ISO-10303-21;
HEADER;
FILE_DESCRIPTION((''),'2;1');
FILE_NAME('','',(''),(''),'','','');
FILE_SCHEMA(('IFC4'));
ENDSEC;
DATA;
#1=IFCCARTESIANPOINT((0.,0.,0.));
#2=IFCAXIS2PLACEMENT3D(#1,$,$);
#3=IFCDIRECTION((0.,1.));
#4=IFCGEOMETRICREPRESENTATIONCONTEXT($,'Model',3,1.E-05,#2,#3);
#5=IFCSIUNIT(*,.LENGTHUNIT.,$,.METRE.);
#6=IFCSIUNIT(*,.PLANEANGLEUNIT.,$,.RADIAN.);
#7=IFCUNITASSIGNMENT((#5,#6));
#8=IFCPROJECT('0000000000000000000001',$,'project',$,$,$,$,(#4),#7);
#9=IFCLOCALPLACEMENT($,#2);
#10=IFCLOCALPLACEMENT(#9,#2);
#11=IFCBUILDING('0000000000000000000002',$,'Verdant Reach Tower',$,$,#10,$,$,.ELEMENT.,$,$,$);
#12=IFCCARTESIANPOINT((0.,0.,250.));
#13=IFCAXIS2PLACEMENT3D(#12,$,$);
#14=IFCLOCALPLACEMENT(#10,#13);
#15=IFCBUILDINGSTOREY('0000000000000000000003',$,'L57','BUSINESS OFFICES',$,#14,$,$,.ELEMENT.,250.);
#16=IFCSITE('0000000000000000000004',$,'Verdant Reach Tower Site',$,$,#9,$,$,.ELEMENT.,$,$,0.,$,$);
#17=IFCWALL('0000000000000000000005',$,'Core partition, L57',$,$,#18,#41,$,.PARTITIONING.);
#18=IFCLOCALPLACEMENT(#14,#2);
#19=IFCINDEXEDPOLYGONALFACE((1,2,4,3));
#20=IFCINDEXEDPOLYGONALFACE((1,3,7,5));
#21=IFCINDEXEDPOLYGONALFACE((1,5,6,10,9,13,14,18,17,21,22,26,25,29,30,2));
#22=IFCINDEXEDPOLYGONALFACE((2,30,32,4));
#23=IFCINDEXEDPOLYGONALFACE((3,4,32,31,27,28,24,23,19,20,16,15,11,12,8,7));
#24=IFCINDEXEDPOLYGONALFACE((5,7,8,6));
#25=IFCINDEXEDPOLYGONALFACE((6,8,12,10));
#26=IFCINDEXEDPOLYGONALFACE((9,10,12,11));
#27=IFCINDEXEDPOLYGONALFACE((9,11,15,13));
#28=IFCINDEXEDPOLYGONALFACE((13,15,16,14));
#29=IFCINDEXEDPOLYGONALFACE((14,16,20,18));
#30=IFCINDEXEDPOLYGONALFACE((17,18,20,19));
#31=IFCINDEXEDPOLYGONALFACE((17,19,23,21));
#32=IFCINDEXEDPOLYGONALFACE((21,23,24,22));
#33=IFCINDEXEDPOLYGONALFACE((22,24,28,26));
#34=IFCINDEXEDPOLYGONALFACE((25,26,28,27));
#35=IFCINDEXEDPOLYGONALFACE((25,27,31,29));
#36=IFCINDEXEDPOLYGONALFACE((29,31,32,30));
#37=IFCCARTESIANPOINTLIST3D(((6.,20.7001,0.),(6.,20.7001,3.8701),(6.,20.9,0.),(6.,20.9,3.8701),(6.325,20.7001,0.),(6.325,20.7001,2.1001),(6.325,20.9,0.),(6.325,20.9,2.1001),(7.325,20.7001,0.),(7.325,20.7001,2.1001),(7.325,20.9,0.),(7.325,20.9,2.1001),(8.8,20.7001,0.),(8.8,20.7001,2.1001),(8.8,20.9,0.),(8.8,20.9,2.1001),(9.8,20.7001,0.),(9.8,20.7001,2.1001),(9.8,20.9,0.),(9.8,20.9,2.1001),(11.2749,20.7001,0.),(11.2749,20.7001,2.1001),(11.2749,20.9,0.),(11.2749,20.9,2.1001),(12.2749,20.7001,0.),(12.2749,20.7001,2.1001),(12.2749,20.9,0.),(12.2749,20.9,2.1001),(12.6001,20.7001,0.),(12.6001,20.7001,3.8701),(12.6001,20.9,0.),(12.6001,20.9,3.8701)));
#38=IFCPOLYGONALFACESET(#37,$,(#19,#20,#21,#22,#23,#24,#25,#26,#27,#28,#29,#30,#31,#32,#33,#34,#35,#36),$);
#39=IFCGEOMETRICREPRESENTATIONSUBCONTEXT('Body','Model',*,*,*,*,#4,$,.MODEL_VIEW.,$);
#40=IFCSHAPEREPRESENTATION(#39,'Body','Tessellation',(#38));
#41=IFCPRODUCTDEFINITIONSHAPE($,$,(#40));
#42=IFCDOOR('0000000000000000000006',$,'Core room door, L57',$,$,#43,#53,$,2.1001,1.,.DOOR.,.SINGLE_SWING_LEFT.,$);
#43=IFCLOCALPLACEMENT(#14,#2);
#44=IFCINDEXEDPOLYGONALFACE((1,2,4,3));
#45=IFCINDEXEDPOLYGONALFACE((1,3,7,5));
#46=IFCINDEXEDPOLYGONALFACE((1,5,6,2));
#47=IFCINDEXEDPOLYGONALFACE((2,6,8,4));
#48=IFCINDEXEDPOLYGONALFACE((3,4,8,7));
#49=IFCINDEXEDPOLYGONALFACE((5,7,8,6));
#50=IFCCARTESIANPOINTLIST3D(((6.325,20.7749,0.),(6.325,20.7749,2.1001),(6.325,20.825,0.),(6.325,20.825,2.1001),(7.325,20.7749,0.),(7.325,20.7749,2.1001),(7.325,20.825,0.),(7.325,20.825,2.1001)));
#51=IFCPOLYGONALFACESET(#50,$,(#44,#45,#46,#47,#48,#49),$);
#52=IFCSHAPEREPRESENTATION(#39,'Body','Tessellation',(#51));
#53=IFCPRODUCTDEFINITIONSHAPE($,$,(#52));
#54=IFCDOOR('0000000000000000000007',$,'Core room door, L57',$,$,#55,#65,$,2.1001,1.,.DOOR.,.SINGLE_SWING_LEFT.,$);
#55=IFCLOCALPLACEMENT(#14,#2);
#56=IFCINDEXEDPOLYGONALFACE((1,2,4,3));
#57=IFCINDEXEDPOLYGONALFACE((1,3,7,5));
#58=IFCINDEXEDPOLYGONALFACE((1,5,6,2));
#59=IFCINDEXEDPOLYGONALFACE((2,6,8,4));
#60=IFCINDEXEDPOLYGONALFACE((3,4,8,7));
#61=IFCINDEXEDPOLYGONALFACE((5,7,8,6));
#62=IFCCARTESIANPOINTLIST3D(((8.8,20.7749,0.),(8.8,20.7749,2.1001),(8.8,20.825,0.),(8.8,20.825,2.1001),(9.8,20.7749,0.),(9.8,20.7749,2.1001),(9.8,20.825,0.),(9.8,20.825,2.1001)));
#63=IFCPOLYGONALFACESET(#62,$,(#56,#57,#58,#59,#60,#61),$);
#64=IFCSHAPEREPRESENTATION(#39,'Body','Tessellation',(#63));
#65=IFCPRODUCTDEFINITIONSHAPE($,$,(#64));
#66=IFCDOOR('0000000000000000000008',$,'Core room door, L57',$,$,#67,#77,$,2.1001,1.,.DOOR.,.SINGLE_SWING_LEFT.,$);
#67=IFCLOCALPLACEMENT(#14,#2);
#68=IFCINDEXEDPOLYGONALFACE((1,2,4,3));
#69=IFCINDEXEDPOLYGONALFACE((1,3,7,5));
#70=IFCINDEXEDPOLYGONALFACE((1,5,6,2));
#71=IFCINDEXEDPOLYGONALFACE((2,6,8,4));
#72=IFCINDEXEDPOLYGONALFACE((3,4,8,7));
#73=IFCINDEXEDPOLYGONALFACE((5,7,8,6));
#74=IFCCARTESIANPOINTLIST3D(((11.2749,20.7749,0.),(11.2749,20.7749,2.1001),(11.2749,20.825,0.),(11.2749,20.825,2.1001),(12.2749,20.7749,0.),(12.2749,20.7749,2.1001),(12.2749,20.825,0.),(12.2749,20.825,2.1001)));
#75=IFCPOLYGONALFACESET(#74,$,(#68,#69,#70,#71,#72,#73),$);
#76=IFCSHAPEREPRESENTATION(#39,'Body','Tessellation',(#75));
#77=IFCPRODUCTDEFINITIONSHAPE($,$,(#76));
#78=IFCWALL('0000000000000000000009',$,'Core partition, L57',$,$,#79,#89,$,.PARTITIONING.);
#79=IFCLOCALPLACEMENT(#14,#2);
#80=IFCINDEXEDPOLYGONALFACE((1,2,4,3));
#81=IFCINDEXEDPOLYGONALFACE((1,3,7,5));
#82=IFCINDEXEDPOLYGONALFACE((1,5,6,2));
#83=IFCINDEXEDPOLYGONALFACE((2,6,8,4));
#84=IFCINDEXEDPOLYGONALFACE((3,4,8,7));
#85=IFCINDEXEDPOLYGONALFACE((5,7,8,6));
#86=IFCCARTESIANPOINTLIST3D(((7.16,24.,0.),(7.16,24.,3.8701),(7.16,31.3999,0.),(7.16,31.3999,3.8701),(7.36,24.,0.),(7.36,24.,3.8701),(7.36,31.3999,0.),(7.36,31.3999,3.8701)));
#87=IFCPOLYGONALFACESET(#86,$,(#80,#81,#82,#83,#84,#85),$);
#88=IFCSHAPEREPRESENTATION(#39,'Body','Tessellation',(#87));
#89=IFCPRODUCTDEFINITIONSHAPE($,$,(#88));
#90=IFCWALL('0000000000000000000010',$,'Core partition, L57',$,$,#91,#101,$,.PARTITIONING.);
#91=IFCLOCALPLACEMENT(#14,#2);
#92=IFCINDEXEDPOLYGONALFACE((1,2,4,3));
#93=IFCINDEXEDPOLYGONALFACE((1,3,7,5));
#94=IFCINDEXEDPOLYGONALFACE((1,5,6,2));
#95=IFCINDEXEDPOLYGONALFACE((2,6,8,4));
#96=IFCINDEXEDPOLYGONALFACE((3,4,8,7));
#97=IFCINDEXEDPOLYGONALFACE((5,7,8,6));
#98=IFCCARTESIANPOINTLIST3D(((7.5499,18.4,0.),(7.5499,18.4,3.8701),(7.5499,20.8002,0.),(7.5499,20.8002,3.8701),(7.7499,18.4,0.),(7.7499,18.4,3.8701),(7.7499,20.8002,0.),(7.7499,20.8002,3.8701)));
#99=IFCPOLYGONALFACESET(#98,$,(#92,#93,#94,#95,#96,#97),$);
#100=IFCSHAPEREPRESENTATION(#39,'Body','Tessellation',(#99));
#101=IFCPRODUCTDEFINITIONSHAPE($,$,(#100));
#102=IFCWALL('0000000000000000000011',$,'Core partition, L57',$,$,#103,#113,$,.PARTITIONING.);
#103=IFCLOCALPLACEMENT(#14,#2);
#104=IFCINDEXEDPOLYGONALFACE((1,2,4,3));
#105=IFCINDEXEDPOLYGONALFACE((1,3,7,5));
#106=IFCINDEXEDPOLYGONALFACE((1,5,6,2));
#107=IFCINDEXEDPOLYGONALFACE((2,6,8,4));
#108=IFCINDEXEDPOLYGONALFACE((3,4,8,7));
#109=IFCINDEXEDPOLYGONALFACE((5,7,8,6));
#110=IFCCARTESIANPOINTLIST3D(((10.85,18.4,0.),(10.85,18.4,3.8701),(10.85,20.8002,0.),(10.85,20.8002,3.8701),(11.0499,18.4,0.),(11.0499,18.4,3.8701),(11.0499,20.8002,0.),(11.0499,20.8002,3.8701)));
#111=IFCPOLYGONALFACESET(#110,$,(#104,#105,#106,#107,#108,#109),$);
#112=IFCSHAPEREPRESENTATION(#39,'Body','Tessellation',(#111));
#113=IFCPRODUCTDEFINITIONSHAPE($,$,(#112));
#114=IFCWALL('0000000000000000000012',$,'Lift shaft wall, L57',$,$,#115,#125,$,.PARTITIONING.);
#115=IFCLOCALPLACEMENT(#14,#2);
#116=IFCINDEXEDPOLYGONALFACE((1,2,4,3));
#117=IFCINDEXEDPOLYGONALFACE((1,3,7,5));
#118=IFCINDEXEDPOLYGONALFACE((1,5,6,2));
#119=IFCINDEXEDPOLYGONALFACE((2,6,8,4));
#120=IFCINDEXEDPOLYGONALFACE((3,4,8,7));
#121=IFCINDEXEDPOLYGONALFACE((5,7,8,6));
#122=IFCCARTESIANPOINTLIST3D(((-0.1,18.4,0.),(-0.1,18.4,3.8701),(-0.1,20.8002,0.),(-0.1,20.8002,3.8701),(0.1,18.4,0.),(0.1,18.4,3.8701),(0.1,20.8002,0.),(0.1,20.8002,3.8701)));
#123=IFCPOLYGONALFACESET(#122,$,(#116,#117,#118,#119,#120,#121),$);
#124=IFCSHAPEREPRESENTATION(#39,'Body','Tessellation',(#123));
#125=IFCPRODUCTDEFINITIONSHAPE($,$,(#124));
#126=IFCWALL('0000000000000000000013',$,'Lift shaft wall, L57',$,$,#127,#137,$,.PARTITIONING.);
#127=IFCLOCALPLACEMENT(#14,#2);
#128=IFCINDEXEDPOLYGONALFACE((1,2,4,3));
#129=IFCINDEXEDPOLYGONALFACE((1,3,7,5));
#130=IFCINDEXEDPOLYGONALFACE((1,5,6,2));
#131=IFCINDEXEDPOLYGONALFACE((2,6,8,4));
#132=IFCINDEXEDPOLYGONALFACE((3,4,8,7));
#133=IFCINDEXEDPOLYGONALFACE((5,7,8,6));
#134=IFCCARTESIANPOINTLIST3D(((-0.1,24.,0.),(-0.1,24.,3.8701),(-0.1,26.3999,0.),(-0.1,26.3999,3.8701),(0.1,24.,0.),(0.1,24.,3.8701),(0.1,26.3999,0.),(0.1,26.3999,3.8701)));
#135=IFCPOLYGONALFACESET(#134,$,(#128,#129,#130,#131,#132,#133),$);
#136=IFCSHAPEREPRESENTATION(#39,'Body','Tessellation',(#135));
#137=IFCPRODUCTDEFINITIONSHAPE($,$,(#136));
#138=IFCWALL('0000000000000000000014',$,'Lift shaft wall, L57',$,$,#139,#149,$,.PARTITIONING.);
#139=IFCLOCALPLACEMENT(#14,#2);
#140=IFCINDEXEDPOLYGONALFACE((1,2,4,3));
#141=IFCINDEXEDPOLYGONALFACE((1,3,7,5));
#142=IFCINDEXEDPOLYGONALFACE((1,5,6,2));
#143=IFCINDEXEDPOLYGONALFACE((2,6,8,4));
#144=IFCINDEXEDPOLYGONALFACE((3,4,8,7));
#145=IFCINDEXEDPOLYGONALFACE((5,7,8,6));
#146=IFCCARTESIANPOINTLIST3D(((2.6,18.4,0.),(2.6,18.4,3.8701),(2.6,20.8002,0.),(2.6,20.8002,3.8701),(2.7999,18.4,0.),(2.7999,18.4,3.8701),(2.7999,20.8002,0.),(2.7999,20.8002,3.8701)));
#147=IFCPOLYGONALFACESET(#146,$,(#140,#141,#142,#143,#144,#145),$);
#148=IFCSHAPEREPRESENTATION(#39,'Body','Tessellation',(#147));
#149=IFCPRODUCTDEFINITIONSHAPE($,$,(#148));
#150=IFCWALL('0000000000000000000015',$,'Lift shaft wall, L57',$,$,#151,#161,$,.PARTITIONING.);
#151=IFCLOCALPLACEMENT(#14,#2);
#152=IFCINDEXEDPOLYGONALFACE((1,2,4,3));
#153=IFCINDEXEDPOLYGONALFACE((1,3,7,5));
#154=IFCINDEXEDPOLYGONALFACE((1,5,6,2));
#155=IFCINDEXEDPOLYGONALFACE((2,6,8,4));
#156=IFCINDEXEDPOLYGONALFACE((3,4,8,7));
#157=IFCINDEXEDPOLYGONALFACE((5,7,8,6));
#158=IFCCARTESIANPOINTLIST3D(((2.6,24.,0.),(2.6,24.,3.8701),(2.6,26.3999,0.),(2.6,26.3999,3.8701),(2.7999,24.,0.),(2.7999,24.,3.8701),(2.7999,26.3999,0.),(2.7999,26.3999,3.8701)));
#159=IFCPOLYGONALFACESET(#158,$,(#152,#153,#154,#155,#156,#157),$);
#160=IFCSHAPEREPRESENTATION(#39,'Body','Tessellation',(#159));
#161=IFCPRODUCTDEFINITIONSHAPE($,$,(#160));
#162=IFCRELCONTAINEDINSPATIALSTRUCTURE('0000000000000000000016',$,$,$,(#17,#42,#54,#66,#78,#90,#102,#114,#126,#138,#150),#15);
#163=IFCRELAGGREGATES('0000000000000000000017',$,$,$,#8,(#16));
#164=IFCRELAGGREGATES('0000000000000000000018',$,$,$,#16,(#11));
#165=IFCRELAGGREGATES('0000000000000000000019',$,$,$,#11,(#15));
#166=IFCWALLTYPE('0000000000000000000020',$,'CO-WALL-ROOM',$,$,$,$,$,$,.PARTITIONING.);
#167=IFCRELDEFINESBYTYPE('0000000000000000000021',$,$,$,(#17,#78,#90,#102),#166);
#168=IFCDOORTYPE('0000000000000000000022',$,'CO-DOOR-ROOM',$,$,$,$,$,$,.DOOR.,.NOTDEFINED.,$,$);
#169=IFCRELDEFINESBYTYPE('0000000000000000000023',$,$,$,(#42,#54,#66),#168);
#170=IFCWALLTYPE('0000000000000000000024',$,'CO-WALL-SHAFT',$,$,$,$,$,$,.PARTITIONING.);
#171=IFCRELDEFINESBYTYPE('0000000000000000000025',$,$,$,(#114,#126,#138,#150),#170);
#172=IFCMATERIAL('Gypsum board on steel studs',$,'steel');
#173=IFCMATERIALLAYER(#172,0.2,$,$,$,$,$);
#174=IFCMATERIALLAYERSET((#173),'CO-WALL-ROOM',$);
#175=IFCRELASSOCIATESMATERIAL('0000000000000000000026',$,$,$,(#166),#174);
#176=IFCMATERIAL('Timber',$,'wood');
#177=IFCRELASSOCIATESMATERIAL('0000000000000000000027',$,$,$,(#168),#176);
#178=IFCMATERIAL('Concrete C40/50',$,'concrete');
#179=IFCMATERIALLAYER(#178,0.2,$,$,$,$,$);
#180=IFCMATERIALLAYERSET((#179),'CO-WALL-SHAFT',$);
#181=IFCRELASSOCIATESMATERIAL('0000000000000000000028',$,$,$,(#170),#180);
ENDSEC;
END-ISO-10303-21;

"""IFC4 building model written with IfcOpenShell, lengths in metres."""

from ifc_helpers import new_model, si_unit, direction, frame, frame_2d, origin, place, context, subcontext, project, spatial, rectangle, extrude, material, layer, layer_set, type_object, element, fill, save


model = new_model("IFC4")

# Units and contexts
model_context = context("Model", 3, precision=1e-05, world=origin(), true_north=direction((0.0, 1.0)))
body_context = subcontext(model_context, "Body", "Model", "MODEL_VIEW")
ifc_project = project(units=[si_unit("LENGTHUNIT", "METRE"), si_unit("PLANEANGLEUNIT", "RADIAN")], contexts=[model_context])

# Site, building, storey
site_placement = place(None, origin())
site = spatial("IfcSite", under=ifc_project, at=site_placement, Name="Verdant Reach Tower Site", CompositionType="ELEMENT", RefElevation=0.0)
building_placement = place(site_placement, origin())
building = spatial("IfcBuilding", under=site, at=building_placement, Name="Verdant Reach Tower", CompositionType="ELEMENT")
storey_placement = place(building_placement, frame((0.0, 0.0, 250.0)))
storey = spatial("IfcBuildingStorey", under=building, at=storey_placement, Name="L57", Description="BUSINESS OFFICES", CompositionType="ELEMENT", Elevation=250.0)

# Wall, openings, doors
ifc_material_1 = material(Name="Gypsum board on steel studs", Category="steel")
ifc_layer_1 = layer(ifc_material_1, 0.2)
ifc_layer_set_1 = layer_set([ifc_layer_1], Name="CO-WALL-ROOM")
wall_type_1 = type_object("IfcWallType", Name="CO-WALL-ROOM", PredefinedType="PARTITIONING", material=ifc_layer_set_1)
wall_1_placement = place(storey_placement, frame((6.0, 20.8, 0.0), z_axis=(0.0, 0.0, 1.0), x_axis=(1.0, 0.0, 0.0)))
wall_1 = element("IfcWall", 1, at=wall_1_placement, inside=storey, type_object=wall_type_1, Name="Core partition, L57", PredefinedType="PARTITIONING", context=body_context, shape_type="SweptSolid", body=[
    extrude(rectangle(XDim=6.6001, YDim=0.2, at=frame_2d((3.3, 0.0))), origin(), (0.0, 0.0, 1.0), 3.8701),
])
opening_1_placement = place(wall_1_placement, frame((0.325, 0.0, 0.0)))
opening_1 = element("IfcOpeningElement", 2, at=opening_1_placement, cuts=wall_1, PredefinedType="OPENING", context=body_context, shape_type="SweptSolid", body=[
    extrude(rectangle(XDim=1.0, YDim=2.1001, at=frame_2d((0.5, 1.05))), frame((0.0, 0.1099, 0.0), z_axis=(0.0, -1.0, 0.0), x_axis=(1.0, 0.0, 0.0)), (0.0, 0.0, 1.0), 0.22),
])
opening_2_placement = place(wall_1_placement, frame((2.8, 0.0, 0.0)))
opening_2 = element("IfcOpeningElement", 3, at=opening_2_placement, cuts=wall_1, PredefinedType="OPENING", context=body_context, shape_type="SweptSolid", body=[
    extrude(rectangle(XDim=1.0, YDim=2.1001, at=frame_2d((0.5, 1.05))), frame((0.0, 0.1099, 0.0), z_axis=(0.0, -1.0, 0.0), x_axis=(1.0, 0.0, 0.0)), (0.0, 0.0, 1.0), 0.22),
])
opening_3_placement = place(wall_1_placement, frame((5.2749, 0.0, 0.0)))
opening_3 = element("IfcOpeningElement", 4, at=opening_3_placement, cuts=wall_1, PredefinedType="OPENING", context=body_context, shape_type="SweptSolid", body=[
    extrude(rectangle(XDim=1.0, YDim=2.1001, at=frame_2d((0.5, 1.05))), frame((0.0, 0.1099, 0.0), z_axis=(0.0, -1.0, 0.0), x_axis=(1.0, 0.0, 0.0)), (0.0, 0.0, 1.0), 0.22),
])
ifc_material_2 = material(Name="Timber", Category="wood")
door_type_1 = type_object("IfcDoorType", Name="CO-DOOR-ROOM", OperationType="NOTDEFINED", PredefinedType="DOOR", material=ifc_material_2)
door_1_placement = place(opening_1_placement, origin())
door_1 = element("IfcDoor", 5, at=door_1_placement, inside=storey, type_object=door_type_1, Name="Core room door, L57", OperationType="SINGLE_SWING_LEFT", OverallHeight=2.1001, OverallWidth=1.0, PredefinedType="DOOR", context=body_context, shape_type="SweptSolid", body=[
    extrude(rectangle(XDim=1.0, YDim=2.1001, at=frame_2d((0.5, 1.05))), frame((0.0, 0.0249, 0.0), z_axis=(0.0, -1.0, 0.0), x_axis=(1.0, 0.0, 0.0)), (0.0, 0.0, 1.0), 0.05),
])
fill(opening_1, door_1)
door_2_placement = place(opening_2_placement, origin())
door_2 = element("IfcDoor", 6, at=door_2_placement, inside=storey, type_object=door_type_1, Name="Core room door, L57", OperationType="SINGLE_SWING_LEFT", OverallHeight=2.1001, OverallWidth=1.0, PredefinedType="DOOR", context=body_context, shape_type="SweptSolid", body=[
    extrude(rectangle(XDim=1.0, YDim=2.1001, at=frame_2d((0.5, 1.05))), frame((0.0, 0.0249, 0.0), z_axis=(0.0, -1.0, 0.0), x_axis=(1.0, 0.0, 0.0)), (0.0, 0.0, 1.0), 0.05),
])
fill(opening_2, door_2)
door_3_placement = place(opening_3_placement, origin())
door_3 = element("IfcDoor", 7, at=door_3_placement, inside=storey, type_object=door_type_1, Name="Core room door, L57", OperationType="SINGLE_SWING_LEFT", OverallHeight=2.1001, OverallWidth=1.0, PredefinedType="DOOR", context=body_context, shape_type="SweptSolid", body=[
    extrude(rectangle(XDim=1.0, YDim=2.1001, at=frame_2d((0.5, 1.05))), frame((0.0, 0.0249, 0.0), z_axis=(0.0, -1.0, 0.0), x_axis=(1.0, 0.0, 0.0)), (0.0, 0.0, 1.0), 0.05),
])
fill(opening_3, door_3)

# Walls
wall_2_placement = place(storey_placement, frame((7.26, 24.0, 0.0), z_axis=(0.0, 0.0, 1.0), x_axis=(0.0, 1.0, 0.0)))
element("IfcWall", 8, at=wall_2_placement, inside=storey, type_object=wall_type_1, Name="Core partition, L57", PredefinedType="PARTITIONING", context=body_context, shape_type="SweptSolid", body=[
    extrude(rectangle(XDim=7.3999, YDim=0.2, at=frame_2d((3.7, 0.0))), origin(), (0.0, 0.0, 1.0), 3.8701),
])
for number, where, z_axis, x_axis, name in (
    (9, (7.6499, 18.3999, 0.0), (0.0, 0.0, 1.0), (0.0, 1.0, 0.0), "Core partition, L57"),
    (10, (10.95, 18.3999, 0.0), (0.0, 0.0, 1.0), (0.0, 1.0, 0.0), "Core partition, L57"),
):
    element("IfcWall", number, at=place(storey_placement, frame(where, z_axis=z_axis, x_axis=x_axis)), inside=storey, type_object=wall_type_1, Name=name, PredefinedType="PARTITIONING", context=body_context, shape_type="SweptSolid", body=[
        extrude(rectangle(XDim=2.4001, YDim=0.2, at=frame_2d((1.2002, 0.0))), origin(), (0.0, 0.0, 1.0), 3.8701),
    ])
ifc_material_3 = material(Name="Concrete C40/50", Category="concrete")
ifc_layer_2 = layer(ifc_material_3, 0.2)
ifc_layer_set_2 = layer_set([ifc_layer_2], Name="CO-WALL-SHAFT")
wall_type_2 = type_object("IfcWallType", Name="CO-WALL-SHAFT", PredefinedType="PARTITIONING", material=ifc_layer_set_2)
wall_3_placement = place(storey_placement, frame((0.0, 18.3999, 0.0), z_axis=(0.0, 0.0, 1.0), x_axis=(0.0, 1.0, 0.0)))
element("IfcWall", 11, at=wall_3_placement, inside=storey, type_object=wall_type_2, Name="Lift shaft wall, L57", PredefinedType="PARTITIONING", context=body_context, shape_type="SweptSolid", body=[
    extrude(rectangle(XDim=2.4001, YDim=0.2, at=frame_2d((1.2002, 0.0))), origin(), (0.0, 0.0, 1.0), 3.8701),
])
wall_4_placement = place(storey_placement, frame((0.0, 24.0, 0.0), z_axis=(0.0, 0.0, 1.0), x_axis=(0.0, 1.0, 0.0)))
element("IfcWall", 12, at=wall_4_placement, inside=storey, type_object=wall_type_2, Name="Lift shaft wall, L57", PredefinedType="PARTITIONING", context=body_context, shape_type="SweptSolid", body=[
    extrude(rectangle(XDim=2.3999, YDim=0.2, at=frame_2d((1.2, 0.0))), origin(), (0.0, 0.0, 1.0), 3.8701),
])
wall_5_placement = place(storey_placement, frame((2.7, 18.3999, 0.0), z_axis=(0.0, 0.0, 1.0), x_axis=(0.0, 1.0, 0.0)))
element("IfcWall", 13, at=wall_5_placement, inside=storey, type_object=wall_type_2, Name="Lift shaft wall, L57", PredefinedType="PARTITIONING", context=body_context, shape_type="SweptSolid", body=[
    extrude(rectangle(XDim=2.4001, YDim=0.2, at=frame_2d((1.2002, 0.0))), origin(), (0.0, 0.0, 1.0), 3.8701),
])
wall_6_placement = place(storey_placement, frame((2.7, 24.0, 0.0), z_axis=(0.0, 0.0, 1.0), x_axis=(0.0, 1.0, 0.0)))
element("IfcWall", 14, at=wall_6_placement, inside=storey, type_object=wall_type_2, Name="Lift shaft wall, L57", PredefinedType="PARTITIONING", context=body_context, shape_type="SweptSolid", body=[
    extrude(rectangle(XDim=2.3999, YDim=0.2, at=frame_2d((1.2, 0.0))), origin(), (0.0, 0.0, 1.0), 3.8701),
])

save(model, "model.ifc")
